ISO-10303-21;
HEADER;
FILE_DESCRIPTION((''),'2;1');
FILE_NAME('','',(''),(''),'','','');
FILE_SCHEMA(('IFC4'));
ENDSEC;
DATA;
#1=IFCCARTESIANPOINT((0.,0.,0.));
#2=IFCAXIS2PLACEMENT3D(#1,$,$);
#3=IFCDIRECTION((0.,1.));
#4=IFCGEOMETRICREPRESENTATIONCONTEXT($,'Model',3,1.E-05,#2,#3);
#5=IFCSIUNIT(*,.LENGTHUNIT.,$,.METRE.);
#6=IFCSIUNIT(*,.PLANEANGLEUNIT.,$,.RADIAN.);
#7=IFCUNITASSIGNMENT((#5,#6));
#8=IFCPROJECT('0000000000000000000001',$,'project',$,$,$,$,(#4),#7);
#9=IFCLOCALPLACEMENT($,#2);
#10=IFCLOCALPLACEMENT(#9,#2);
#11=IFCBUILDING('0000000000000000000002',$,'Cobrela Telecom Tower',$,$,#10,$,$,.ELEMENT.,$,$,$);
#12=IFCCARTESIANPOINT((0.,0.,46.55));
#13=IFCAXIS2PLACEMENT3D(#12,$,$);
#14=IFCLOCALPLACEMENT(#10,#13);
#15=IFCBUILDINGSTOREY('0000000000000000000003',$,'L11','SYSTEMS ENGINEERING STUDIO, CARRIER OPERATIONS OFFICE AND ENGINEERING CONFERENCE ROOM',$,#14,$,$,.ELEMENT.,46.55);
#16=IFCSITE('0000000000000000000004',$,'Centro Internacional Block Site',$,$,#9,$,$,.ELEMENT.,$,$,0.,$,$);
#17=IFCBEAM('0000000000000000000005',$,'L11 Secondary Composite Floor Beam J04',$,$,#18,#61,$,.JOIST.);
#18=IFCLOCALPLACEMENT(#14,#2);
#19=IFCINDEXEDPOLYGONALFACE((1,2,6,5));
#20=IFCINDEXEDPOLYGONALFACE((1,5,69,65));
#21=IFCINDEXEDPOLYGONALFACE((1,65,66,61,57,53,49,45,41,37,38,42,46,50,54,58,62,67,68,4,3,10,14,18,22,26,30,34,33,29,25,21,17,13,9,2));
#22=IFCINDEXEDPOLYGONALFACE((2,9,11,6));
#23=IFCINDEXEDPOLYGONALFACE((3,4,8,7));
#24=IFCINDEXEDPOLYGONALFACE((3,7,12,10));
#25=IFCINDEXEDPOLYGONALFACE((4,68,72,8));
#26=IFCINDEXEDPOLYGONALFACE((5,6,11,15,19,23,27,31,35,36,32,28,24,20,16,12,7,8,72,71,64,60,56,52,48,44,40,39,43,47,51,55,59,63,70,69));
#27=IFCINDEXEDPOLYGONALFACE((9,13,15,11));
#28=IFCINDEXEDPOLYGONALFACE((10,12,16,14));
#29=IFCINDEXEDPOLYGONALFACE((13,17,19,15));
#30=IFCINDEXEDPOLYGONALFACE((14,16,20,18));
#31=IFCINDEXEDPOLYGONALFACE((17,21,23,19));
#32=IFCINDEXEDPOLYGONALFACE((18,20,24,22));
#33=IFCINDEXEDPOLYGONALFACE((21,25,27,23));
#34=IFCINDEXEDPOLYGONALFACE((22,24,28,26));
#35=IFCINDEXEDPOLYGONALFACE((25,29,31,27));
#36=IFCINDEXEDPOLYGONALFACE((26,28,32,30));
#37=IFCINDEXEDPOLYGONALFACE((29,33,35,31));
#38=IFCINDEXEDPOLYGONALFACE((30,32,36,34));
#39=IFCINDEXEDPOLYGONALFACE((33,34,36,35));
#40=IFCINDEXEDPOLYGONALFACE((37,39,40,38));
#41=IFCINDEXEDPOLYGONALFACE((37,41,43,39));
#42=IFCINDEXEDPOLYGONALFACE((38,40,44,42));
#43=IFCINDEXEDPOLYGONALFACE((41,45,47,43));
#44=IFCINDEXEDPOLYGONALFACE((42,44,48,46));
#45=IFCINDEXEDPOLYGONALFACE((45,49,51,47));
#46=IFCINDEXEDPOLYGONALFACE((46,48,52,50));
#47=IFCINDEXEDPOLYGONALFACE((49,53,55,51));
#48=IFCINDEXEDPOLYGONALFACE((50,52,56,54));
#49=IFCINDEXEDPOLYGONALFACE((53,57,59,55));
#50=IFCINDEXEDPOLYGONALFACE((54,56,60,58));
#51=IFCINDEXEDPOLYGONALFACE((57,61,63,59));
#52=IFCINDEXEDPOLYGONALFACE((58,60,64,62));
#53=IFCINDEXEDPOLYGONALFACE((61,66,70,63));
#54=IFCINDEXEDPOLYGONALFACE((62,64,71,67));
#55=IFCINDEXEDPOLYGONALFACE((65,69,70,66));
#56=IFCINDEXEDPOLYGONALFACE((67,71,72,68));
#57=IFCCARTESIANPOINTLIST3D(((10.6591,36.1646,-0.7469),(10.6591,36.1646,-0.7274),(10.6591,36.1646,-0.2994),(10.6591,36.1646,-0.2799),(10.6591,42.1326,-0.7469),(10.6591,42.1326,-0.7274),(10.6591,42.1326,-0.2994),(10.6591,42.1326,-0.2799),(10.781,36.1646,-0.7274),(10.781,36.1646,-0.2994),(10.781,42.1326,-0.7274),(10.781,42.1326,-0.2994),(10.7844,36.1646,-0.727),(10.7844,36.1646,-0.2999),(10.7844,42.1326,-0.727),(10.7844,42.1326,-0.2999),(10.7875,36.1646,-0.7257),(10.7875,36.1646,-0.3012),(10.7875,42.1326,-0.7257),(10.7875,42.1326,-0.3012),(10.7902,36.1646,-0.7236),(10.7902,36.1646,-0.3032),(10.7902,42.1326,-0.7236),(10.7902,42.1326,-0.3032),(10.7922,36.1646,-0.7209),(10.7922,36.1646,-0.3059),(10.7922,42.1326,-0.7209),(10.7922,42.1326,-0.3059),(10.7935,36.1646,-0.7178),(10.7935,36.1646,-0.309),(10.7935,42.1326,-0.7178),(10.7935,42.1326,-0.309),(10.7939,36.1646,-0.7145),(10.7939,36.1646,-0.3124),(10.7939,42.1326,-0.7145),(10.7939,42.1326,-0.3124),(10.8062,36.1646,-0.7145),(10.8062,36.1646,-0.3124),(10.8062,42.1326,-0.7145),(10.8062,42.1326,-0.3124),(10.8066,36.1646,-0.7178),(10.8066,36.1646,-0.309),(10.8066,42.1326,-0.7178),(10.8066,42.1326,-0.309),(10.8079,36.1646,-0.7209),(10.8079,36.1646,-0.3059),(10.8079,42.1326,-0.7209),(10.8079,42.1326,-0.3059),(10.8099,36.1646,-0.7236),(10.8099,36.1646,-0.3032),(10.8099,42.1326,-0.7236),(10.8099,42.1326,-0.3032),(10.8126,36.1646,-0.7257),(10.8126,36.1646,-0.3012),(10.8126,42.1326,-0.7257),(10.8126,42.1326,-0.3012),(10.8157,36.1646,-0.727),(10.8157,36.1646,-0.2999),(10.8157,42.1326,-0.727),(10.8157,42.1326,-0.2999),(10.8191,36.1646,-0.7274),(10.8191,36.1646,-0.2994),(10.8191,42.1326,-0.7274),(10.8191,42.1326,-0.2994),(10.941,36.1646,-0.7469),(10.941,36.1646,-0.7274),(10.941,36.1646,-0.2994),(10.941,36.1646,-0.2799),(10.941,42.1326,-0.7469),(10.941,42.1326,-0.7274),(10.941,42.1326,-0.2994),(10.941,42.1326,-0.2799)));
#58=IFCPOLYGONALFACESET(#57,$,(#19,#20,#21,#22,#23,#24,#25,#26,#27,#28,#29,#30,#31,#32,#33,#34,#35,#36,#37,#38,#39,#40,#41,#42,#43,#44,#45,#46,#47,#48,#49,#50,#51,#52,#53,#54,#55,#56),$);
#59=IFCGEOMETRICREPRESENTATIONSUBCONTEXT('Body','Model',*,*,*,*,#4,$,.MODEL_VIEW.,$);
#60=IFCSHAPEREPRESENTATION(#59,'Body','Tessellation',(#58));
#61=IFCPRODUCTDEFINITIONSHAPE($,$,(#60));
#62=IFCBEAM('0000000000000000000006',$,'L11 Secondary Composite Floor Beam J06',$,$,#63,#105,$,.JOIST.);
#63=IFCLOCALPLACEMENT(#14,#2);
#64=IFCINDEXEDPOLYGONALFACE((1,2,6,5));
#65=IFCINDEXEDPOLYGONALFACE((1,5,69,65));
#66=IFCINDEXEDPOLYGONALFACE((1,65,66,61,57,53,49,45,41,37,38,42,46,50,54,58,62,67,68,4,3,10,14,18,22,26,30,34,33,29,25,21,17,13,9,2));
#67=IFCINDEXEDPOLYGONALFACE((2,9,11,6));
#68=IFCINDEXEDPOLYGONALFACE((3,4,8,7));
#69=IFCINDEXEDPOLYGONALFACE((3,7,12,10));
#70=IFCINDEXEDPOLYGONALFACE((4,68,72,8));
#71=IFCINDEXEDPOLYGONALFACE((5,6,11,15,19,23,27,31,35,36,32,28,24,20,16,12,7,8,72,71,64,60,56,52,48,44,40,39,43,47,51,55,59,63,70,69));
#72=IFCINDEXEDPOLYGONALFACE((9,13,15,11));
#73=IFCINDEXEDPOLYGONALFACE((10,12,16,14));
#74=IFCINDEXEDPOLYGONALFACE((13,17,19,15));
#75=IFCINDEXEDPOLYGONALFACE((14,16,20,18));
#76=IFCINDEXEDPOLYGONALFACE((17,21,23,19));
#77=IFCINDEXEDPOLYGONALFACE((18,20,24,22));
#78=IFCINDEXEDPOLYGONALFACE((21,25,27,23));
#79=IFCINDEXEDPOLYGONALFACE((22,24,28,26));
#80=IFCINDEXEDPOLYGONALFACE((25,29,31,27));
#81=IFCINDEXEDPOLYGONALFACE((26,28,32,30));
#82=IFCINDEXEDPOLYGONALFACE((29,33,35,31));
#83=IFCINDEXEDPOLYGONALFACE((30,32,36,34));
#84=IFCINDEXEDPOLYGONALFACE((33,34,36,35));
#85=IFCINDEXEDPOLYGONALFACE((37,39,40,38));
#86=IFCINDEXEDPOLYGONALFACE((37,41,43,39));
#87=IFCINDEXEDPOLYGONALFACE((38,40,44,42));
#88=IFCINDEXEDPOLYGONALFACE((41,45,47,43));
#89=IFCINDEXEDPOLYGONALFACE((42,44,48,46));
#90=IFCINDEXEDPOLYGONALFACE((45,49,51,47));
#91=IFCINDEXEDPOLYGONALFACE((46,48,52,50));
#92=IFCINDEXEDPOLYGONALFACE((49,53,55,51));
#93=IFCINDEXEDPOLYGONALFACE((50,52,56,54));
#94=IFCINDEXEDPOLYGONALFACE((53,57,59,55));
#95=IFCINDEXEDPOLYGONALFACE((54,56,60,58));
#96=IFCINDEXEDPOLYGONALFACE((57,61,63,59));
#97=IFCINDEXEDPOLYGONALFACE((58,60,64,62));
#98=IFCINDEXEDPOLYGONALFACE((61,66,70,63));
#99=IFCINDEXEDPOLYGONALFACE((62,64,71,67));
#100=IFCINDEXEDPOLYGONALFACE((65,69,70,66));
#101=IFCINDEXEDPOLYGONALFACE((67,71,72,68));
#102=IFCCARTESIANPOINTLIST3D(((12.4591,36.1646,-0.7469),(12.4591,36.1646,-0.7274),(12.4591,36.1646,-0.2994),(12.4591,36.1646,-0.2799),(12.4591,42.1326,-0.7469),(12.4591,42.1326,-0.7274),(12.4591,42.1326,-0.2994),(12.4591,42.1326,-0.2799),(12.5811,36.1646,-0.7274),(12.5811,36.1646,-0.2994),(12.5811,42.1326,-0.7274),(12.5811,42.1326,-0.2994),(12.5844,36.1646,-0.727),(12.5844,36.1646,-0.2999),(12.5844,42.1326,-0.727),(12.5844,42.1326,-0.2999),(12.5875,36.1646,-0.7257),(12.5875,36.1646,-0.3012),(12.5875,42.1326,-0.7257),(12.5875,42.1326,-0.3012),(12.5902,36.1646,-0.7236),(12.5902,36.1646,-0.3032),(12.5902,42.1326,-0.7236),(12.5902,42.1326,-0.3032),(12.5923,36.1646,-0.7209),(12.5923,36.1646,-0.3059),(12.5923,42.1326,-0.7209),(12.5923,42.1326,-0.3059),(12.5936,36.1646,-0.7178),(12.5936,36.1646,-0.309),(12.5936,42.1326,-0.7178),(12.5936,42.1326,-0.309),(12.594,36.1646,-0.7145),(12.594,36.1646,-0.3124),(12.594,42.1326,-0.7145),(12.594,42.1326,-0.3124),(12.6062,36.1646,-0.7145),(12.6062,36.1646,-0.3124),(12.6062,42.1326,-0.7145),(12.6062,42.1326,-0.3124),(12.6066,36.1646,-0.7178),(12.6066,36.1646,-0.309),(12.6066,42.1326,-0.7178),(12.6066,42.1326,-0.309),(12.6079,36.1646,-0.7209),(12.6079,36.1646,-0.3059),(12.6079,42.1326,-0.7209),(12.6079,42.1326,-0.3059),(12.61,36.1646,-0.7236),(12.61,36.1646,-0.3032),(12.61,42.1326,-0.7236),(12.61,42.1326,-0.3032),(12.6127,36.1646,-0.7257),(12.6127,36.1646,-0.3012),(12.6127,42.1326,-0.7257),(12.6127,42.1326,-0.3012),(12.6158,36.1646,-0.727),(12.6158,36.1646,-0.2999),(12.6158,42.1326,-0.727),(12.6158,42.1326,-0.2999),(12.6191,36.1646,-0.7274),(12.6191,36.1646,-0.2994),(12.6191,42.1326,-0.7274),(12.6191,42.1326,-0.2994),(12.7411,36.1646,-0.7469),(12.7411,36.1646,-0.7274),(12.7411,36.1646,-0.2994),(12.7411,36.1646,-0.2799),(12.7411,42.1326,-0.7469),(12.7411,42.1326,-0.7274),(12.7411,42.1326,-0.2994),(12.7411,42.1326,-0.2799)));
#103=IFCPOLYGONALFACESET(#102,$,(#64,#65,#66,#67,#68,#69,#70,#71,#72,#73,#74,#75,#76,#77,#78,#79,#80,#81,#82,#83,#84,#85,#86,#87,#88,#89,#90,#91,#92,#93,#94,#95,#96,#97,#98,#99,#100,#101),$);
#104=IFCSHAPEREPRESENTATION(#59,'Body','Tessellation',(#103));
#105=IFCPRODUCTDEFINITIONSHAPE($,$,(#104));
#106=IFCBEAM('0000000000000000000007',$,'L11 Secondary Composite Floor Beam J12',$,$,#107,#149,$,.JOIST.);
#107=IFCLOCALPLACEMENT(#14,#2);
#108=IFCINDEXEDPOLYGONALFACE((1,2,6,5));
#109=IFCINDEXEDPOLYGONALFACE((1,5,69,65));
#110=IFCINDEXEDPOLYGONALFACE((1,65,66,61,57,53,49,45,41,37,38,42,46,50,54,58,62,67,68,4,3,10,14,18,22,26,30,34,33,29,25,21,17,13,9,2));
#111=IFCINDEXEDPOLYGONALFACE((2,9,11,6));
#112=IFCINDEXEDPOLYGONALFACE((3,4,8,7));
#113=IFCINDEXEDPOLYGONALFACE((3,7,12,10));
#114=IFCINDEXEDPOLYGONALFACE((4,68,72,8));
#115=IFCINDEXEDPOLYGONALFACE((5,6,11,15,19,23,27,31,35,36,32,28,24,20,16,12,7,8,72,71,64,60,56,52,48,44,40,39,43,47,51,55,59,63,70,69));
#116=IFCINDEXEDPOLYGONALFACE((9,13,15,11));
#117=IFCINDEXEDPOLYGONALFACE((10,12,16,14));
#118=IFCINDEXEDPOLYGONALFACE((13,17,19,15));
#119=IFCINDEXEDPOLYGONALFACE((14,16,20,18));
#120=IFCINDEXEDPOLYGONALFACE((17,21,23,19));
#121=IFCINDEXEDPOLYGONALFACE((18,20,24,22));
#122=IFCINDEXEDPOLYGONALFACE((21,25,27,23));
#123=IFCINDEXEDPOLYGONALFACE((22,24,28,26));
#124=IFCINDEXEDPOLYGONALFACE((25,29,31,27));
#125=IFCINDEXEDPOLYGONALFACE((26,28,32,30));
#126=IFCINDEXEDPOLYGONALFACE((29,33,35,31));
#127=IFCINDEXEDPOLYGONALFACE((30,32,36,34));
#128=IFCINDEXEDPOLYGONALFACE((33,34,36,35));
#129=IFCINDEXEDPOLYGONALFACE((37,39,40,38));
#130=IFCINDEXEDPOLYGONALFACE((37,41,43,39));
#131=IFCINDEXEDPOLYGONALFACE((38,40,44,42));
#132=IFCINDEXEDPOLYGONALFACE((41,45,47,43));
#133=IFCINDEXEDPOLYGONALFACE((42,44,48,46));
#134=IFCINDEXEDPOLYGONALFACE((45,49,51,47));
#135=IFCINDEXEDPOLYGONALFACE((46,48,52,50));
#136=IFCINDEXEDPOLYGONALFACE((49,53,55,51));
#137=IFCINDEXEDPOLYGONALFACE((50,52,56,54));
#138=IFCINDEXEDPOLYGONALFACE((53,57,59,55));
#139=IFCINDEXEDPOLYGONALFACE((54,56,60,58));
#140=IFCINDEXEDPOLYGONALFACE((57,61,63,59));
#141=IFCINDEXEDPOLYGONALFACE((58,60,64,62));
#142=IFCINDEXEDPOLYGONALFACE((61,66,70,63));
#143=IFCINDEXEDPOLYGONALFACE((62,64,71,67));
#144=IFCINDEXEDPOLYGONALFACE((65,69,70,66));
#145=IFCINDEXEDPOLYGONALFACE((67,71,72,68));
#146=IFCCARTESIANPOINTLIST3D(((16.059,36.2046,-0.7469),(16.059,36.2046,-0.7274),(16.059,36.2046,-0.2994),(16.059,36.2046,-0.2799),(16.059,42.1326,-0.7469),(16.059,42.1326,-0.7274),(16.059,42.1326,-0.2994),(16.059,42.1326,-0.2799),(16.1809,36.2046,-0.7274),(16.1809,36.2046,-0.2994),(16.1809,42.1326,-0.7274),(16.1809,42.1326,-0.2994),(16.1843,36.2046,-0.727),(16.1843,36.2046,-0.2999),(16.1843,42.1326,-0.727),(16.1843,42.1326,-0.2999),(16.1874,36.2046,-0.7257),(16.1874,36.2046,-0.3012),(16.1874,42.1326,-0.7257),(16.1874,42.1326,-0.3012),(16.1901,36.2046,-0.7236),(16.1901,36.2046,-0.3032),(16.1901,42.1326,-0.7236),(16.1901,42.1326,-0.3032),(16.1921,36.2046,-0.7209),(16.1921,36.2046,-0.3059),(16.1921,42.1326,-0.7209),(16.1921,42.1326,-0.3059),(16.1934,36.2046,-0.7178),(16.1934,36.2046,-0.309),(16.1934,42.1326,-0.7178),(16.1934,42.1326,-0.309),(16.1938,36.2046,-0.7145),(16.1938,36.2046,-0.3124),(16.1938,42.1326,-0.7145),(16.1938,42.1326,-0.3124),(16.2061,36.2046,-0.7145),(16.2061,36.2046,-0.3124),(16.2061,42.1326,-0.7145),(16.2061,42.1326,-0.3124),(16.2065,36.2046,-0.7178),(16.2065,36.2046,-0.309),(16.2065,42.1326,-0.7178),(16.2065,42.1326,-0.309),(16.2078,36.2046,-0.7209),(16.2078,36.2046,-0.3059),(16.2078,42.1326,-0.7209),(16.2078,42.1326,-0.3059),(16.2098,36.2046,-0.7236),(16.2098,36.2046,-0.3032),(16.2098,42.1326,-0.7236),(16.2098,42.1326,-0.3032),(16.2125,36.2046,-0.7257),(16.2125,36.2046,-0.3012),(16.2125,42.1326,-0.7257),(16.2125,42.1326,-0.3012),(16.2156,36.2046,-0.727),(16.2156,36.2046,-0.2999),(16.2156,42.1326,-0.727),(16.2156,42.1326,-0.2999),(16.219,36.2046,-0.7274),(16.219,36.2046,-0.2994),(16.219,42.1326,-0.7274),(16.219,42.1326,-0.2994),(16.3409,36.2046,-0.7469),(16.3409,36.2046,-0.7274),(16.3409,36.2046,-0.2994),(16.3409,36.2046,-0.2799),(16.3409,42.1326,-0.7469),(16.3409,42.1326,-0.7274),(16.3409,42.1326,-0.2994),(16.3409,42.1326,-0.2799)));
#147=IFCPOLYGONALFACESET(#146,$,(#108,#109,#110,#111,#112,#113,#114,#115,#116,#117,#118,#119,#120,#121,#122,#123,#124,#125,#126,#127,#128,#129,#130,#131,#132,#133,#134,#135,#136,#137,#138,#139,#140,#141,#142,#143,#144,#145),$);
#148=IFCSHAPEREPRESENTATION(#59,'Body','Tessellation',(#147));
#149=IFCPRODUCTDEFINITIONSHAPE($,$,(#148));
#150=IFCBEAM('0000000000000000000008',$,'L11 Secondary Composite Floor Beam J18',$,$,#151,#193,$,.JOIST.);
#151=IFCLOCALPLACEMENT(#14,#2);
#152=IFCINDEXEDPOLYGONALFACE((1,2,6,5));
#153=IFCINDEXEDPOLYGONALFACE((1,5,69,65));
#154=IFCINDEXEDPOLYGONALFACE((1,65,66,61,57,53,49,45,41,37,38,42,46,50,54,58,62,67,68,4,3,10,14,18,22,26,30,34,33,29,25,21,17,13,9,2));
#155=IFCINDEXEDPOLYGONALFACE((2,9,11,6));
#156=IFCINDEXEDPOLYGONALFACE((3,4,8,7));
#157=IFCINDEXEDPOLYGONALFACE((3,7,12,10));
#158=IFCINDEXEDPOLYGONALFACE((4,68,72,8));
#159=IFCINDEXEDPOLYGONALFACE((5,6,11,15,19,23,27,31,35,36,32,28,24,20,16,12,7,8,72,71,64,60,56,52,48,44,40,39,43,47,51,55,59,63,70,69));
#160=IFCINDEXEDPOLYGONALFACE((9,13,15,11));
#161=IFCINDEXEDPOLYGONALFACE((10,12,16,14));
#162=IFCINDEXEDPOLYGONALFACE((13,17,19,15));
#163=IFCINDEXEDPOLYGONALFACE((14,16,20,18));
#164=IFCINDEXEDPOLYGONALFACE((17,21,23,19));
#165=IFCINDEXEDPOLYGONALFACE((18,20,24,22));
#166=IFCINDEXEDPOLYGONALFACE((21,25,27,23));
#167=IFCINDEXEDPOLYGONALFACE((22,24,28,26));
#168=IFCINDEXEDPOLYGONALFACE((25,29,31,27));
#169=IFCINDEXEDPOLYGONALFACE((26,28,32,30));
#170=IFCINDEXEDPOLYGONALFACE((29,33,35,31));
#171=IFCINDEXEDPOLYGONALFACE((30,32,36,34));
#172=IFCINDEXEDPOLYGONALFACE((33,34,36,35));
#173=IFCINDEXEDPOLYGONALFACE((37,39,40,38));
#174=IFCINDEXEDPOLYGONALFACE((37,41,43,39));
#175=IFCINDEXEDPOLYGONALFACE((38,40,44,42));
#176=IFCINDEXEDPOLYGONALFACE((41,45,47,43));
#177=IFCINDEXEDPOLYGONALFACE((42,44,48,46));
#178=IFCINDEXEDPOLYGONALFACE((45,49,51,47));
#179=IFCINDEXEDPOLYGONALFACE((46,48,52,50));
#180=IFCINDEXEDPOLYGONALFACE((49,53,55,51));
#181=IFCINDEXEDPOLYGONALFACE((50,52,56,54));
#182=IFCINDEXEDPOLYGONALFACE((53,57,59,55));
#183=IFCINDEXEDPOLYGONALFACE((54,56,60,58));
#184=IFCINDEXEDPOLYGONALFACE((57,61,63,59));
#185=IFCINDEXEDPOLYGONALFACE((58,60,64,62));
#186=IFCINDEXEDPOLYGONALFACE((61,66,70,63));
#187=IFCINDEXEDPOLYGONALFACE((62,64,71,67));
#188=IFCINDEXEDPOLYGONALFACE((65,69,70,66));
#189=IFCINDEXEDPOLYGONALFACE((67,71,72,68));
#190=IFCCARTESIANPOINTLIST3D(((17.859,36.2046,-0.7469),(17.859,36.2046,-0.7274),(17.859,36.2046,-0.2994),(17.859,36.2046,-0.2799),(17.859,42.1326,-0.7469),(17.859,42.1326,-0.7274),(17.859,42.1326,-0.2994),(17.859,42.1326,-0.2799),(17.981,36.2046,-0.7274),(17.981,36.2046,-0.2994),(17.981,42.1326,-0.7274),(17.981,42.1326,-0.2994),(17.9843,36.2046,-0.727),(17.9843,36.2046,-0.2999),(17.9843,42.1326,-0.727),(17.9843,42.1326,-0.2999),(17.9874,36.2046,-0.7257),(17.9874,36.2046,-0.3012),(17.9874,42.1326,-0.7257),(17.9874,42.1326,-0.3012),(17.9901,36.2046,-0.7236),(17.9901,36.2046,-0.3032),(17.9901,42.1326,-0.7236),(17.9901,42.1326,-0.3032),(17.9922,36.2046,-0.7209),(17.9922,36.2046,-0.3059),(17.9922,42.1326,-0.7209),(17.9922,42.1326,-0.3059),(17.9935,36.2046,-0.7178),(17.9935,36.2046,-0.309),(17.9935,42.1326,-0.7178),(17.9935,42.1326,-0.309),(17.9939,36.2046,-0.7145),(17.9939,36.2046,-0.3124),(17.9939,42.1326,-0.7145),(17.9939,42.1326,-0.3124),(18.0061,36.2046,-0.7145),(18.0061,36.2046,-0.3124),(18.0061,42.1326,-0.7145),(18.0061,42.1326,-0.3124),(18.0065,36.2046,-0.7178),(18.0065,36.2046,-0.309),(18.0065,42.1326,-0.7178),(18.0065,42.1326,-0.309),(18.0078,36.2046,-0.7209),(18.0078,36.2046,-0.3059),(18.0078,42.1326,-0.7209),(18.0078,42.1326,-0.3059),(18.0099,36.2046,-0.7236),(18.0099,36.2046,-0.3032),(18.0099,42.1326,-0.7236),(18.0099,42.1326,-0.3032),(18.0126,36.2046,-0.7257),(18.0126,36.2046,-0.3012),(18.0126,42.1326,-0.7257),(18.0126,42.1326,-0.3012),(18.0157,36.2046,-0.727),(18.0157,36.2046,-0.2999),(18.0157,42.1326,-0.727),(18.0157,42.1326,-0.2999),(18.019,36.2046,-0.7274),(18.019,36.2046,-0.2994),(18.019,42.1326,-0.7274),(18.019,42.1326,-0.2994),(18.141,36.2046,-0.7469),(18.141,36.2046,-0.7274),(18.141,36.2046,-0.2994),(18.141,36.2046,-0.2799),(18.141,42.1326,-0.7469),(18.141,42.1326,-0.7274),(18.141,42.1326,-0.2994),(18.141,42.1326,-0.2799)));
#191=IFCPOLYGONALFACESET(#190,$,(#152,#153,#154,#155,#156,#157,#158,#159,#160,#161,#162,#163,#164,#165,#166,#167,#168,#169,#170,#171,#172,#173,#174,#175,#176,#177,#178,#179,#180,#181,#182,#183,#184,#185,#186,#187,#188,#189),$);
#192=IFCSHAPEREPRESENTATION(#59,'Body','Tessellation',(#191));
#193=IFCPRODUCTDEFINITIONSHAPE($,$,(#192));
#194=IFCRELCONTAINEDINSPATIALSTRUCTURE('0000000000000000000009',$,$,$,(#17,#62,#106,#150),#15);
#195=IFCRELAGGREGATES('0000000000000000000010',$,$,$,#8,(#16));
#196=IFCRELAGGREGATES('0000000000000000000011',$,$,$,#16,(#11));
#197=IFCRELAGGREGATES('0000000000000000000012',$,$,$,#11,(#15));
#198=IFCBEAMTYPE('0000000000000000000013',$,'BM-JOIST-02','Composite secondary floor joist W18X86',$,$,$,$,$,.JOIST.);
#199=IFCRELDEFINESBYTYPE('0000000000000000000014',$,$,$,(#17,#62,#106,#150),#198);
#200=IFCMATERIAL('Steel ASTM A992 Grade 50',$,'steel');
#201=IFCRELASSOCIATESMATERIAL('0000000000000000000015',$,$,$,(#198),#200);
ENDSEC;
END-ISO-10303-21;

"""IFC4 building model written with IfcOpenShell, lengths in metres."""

from ifc_helpers import new_model, si_unit, direction, frame, origin, origin_2d, place, context, subcontext, project, spatial, i_section, extrude, material, material_profile, profile_set, type_object, element, save


model = new_model("IFC4")

# Units and contexts
model_context = context("Model", 3, precision=1e-05, world=origin(), true_north=direction((0.0, 1.0)))
body_context = subcontext(model_context, "Body", "Model", "MODEL_VIEW")
ifc_project = project(units=[si_unit("LENGTHUNIT", "METRE"), si_unit("PLANEANGLEUNIT", "RADIAN")], contexts=[model_context])

# Site, building, storey
site_placement = place(None, origin())
site = spatial("IfcSite", under=ifc_project, at=site_placement, Name="Centro Internacional Block Site", CompositionType="ELEMENT", RefElevation=0.0)
building_placement = place(site_placement, origin())
building = spatial("IfcBuilding", under=site, at=building_placement, Name="Cobrela Telecom Tower", CompositionType="ELEMENT")
storey_placement = place(building_placement, frame((0.0, 0.0, 46.55)))
storey = spatial("IfcBuildingStorey", under=building, at=storey_placement, Name="L11", Description="SYSTEMS ENGINEERING STUDIO, CARRIER OPERATIONS OFFICE AND ENGINEERING CONFERENCE ROOM", CompositionType="ELEMENT", Elevation=46.55)

# Beams
ifc_material_1 = material(Name="Steel ASTM A992 Grade 50", Category="steel")
ifc_material_profile_1 = material_profile(ifc_material_1, i_section(OverallWidth=0.282, OverallDepth=0.467, WebThickness=0.0122, FlangeThickness=0.0195, FilletRadius=0.0129, at=origin_2d()), Name="W18X86")
ifc_profile_set_1 = profile_set([ifc_material_profile_1], Name="Steel ASTM A992 Grade 50")
beam_type_1 = type_object("IfcBeamType", Name="BM-JOIST-02", Description="Composite secondary floor joist W18X86", PredefinedType="JOIST", material=ifc_profile_set_1)
for number, where, z_axis, x_axis, name in (
    (1, (10.8, 36.1646, -0.5134), (0.0, 1.0, 0.0), (-1.0, 0.0, 0.0), "L11 Secondary Composite Floor Beam J04"),
    (2, (12.6001, 36.1646, -0.5134), (0.0, 1.0, 0.0), (-1.0, 0.0, 0.0), "L11 Secondary Composite Floor Beam J06"),
):
    element("IfcBeam", number, at=place(storey_placement, frame(where, z_axis=z_axis, x_axis=x_axis)), inside=storey, type_object=beam_type_1, Name=name, PredefinedType="JOIST", context=body_context, shape_type="SweptSolid", body=[
        extrude(i_section(OverallWidth=0.282, OverallDepth=0.467, WebThickness=0.0122, FlangeThickness=0.0195, FilletRadius=0.0129, at=origin_2d()), origin(), (0.0, 0.0, 1.0), 5.968),
    ])
for number, where, z_axis, x_axis, name in (
    (3, (16.2, 36.2046, -0.5134), (0.0, 1.0, 0.0), (-1.0, 0.0, 0.0), "L11 Secondary Composite Floor Beam J12"),
    (4, (18.0, 36.2046, -0.5134), (0.0, 1.0, 0.0), (-1.0, 0.0, 0.0), "L11 Secondary Composite Floor Beam J18"),
):
    element("IfcBeam", number, at=place(storey_placement, frame(where, z_axis=z_axis, x_axis=x_axis)), inside=storey, type_object=beam_type_1, Name=name, PredefinedType="JOIST", context=body_context, shape_type="SweptSolid", body=[
        extrude(i_section(OverallWidth=0.282, OverallDepth=0.467, WebThickness=0.0122, FlangeThickness=0.0195, FilletRadius=0.0129, at=origin_2d()), origin(), (0.0, 0.0, 1.0), 5.928),
    ])

save(model, "model.ifc")
